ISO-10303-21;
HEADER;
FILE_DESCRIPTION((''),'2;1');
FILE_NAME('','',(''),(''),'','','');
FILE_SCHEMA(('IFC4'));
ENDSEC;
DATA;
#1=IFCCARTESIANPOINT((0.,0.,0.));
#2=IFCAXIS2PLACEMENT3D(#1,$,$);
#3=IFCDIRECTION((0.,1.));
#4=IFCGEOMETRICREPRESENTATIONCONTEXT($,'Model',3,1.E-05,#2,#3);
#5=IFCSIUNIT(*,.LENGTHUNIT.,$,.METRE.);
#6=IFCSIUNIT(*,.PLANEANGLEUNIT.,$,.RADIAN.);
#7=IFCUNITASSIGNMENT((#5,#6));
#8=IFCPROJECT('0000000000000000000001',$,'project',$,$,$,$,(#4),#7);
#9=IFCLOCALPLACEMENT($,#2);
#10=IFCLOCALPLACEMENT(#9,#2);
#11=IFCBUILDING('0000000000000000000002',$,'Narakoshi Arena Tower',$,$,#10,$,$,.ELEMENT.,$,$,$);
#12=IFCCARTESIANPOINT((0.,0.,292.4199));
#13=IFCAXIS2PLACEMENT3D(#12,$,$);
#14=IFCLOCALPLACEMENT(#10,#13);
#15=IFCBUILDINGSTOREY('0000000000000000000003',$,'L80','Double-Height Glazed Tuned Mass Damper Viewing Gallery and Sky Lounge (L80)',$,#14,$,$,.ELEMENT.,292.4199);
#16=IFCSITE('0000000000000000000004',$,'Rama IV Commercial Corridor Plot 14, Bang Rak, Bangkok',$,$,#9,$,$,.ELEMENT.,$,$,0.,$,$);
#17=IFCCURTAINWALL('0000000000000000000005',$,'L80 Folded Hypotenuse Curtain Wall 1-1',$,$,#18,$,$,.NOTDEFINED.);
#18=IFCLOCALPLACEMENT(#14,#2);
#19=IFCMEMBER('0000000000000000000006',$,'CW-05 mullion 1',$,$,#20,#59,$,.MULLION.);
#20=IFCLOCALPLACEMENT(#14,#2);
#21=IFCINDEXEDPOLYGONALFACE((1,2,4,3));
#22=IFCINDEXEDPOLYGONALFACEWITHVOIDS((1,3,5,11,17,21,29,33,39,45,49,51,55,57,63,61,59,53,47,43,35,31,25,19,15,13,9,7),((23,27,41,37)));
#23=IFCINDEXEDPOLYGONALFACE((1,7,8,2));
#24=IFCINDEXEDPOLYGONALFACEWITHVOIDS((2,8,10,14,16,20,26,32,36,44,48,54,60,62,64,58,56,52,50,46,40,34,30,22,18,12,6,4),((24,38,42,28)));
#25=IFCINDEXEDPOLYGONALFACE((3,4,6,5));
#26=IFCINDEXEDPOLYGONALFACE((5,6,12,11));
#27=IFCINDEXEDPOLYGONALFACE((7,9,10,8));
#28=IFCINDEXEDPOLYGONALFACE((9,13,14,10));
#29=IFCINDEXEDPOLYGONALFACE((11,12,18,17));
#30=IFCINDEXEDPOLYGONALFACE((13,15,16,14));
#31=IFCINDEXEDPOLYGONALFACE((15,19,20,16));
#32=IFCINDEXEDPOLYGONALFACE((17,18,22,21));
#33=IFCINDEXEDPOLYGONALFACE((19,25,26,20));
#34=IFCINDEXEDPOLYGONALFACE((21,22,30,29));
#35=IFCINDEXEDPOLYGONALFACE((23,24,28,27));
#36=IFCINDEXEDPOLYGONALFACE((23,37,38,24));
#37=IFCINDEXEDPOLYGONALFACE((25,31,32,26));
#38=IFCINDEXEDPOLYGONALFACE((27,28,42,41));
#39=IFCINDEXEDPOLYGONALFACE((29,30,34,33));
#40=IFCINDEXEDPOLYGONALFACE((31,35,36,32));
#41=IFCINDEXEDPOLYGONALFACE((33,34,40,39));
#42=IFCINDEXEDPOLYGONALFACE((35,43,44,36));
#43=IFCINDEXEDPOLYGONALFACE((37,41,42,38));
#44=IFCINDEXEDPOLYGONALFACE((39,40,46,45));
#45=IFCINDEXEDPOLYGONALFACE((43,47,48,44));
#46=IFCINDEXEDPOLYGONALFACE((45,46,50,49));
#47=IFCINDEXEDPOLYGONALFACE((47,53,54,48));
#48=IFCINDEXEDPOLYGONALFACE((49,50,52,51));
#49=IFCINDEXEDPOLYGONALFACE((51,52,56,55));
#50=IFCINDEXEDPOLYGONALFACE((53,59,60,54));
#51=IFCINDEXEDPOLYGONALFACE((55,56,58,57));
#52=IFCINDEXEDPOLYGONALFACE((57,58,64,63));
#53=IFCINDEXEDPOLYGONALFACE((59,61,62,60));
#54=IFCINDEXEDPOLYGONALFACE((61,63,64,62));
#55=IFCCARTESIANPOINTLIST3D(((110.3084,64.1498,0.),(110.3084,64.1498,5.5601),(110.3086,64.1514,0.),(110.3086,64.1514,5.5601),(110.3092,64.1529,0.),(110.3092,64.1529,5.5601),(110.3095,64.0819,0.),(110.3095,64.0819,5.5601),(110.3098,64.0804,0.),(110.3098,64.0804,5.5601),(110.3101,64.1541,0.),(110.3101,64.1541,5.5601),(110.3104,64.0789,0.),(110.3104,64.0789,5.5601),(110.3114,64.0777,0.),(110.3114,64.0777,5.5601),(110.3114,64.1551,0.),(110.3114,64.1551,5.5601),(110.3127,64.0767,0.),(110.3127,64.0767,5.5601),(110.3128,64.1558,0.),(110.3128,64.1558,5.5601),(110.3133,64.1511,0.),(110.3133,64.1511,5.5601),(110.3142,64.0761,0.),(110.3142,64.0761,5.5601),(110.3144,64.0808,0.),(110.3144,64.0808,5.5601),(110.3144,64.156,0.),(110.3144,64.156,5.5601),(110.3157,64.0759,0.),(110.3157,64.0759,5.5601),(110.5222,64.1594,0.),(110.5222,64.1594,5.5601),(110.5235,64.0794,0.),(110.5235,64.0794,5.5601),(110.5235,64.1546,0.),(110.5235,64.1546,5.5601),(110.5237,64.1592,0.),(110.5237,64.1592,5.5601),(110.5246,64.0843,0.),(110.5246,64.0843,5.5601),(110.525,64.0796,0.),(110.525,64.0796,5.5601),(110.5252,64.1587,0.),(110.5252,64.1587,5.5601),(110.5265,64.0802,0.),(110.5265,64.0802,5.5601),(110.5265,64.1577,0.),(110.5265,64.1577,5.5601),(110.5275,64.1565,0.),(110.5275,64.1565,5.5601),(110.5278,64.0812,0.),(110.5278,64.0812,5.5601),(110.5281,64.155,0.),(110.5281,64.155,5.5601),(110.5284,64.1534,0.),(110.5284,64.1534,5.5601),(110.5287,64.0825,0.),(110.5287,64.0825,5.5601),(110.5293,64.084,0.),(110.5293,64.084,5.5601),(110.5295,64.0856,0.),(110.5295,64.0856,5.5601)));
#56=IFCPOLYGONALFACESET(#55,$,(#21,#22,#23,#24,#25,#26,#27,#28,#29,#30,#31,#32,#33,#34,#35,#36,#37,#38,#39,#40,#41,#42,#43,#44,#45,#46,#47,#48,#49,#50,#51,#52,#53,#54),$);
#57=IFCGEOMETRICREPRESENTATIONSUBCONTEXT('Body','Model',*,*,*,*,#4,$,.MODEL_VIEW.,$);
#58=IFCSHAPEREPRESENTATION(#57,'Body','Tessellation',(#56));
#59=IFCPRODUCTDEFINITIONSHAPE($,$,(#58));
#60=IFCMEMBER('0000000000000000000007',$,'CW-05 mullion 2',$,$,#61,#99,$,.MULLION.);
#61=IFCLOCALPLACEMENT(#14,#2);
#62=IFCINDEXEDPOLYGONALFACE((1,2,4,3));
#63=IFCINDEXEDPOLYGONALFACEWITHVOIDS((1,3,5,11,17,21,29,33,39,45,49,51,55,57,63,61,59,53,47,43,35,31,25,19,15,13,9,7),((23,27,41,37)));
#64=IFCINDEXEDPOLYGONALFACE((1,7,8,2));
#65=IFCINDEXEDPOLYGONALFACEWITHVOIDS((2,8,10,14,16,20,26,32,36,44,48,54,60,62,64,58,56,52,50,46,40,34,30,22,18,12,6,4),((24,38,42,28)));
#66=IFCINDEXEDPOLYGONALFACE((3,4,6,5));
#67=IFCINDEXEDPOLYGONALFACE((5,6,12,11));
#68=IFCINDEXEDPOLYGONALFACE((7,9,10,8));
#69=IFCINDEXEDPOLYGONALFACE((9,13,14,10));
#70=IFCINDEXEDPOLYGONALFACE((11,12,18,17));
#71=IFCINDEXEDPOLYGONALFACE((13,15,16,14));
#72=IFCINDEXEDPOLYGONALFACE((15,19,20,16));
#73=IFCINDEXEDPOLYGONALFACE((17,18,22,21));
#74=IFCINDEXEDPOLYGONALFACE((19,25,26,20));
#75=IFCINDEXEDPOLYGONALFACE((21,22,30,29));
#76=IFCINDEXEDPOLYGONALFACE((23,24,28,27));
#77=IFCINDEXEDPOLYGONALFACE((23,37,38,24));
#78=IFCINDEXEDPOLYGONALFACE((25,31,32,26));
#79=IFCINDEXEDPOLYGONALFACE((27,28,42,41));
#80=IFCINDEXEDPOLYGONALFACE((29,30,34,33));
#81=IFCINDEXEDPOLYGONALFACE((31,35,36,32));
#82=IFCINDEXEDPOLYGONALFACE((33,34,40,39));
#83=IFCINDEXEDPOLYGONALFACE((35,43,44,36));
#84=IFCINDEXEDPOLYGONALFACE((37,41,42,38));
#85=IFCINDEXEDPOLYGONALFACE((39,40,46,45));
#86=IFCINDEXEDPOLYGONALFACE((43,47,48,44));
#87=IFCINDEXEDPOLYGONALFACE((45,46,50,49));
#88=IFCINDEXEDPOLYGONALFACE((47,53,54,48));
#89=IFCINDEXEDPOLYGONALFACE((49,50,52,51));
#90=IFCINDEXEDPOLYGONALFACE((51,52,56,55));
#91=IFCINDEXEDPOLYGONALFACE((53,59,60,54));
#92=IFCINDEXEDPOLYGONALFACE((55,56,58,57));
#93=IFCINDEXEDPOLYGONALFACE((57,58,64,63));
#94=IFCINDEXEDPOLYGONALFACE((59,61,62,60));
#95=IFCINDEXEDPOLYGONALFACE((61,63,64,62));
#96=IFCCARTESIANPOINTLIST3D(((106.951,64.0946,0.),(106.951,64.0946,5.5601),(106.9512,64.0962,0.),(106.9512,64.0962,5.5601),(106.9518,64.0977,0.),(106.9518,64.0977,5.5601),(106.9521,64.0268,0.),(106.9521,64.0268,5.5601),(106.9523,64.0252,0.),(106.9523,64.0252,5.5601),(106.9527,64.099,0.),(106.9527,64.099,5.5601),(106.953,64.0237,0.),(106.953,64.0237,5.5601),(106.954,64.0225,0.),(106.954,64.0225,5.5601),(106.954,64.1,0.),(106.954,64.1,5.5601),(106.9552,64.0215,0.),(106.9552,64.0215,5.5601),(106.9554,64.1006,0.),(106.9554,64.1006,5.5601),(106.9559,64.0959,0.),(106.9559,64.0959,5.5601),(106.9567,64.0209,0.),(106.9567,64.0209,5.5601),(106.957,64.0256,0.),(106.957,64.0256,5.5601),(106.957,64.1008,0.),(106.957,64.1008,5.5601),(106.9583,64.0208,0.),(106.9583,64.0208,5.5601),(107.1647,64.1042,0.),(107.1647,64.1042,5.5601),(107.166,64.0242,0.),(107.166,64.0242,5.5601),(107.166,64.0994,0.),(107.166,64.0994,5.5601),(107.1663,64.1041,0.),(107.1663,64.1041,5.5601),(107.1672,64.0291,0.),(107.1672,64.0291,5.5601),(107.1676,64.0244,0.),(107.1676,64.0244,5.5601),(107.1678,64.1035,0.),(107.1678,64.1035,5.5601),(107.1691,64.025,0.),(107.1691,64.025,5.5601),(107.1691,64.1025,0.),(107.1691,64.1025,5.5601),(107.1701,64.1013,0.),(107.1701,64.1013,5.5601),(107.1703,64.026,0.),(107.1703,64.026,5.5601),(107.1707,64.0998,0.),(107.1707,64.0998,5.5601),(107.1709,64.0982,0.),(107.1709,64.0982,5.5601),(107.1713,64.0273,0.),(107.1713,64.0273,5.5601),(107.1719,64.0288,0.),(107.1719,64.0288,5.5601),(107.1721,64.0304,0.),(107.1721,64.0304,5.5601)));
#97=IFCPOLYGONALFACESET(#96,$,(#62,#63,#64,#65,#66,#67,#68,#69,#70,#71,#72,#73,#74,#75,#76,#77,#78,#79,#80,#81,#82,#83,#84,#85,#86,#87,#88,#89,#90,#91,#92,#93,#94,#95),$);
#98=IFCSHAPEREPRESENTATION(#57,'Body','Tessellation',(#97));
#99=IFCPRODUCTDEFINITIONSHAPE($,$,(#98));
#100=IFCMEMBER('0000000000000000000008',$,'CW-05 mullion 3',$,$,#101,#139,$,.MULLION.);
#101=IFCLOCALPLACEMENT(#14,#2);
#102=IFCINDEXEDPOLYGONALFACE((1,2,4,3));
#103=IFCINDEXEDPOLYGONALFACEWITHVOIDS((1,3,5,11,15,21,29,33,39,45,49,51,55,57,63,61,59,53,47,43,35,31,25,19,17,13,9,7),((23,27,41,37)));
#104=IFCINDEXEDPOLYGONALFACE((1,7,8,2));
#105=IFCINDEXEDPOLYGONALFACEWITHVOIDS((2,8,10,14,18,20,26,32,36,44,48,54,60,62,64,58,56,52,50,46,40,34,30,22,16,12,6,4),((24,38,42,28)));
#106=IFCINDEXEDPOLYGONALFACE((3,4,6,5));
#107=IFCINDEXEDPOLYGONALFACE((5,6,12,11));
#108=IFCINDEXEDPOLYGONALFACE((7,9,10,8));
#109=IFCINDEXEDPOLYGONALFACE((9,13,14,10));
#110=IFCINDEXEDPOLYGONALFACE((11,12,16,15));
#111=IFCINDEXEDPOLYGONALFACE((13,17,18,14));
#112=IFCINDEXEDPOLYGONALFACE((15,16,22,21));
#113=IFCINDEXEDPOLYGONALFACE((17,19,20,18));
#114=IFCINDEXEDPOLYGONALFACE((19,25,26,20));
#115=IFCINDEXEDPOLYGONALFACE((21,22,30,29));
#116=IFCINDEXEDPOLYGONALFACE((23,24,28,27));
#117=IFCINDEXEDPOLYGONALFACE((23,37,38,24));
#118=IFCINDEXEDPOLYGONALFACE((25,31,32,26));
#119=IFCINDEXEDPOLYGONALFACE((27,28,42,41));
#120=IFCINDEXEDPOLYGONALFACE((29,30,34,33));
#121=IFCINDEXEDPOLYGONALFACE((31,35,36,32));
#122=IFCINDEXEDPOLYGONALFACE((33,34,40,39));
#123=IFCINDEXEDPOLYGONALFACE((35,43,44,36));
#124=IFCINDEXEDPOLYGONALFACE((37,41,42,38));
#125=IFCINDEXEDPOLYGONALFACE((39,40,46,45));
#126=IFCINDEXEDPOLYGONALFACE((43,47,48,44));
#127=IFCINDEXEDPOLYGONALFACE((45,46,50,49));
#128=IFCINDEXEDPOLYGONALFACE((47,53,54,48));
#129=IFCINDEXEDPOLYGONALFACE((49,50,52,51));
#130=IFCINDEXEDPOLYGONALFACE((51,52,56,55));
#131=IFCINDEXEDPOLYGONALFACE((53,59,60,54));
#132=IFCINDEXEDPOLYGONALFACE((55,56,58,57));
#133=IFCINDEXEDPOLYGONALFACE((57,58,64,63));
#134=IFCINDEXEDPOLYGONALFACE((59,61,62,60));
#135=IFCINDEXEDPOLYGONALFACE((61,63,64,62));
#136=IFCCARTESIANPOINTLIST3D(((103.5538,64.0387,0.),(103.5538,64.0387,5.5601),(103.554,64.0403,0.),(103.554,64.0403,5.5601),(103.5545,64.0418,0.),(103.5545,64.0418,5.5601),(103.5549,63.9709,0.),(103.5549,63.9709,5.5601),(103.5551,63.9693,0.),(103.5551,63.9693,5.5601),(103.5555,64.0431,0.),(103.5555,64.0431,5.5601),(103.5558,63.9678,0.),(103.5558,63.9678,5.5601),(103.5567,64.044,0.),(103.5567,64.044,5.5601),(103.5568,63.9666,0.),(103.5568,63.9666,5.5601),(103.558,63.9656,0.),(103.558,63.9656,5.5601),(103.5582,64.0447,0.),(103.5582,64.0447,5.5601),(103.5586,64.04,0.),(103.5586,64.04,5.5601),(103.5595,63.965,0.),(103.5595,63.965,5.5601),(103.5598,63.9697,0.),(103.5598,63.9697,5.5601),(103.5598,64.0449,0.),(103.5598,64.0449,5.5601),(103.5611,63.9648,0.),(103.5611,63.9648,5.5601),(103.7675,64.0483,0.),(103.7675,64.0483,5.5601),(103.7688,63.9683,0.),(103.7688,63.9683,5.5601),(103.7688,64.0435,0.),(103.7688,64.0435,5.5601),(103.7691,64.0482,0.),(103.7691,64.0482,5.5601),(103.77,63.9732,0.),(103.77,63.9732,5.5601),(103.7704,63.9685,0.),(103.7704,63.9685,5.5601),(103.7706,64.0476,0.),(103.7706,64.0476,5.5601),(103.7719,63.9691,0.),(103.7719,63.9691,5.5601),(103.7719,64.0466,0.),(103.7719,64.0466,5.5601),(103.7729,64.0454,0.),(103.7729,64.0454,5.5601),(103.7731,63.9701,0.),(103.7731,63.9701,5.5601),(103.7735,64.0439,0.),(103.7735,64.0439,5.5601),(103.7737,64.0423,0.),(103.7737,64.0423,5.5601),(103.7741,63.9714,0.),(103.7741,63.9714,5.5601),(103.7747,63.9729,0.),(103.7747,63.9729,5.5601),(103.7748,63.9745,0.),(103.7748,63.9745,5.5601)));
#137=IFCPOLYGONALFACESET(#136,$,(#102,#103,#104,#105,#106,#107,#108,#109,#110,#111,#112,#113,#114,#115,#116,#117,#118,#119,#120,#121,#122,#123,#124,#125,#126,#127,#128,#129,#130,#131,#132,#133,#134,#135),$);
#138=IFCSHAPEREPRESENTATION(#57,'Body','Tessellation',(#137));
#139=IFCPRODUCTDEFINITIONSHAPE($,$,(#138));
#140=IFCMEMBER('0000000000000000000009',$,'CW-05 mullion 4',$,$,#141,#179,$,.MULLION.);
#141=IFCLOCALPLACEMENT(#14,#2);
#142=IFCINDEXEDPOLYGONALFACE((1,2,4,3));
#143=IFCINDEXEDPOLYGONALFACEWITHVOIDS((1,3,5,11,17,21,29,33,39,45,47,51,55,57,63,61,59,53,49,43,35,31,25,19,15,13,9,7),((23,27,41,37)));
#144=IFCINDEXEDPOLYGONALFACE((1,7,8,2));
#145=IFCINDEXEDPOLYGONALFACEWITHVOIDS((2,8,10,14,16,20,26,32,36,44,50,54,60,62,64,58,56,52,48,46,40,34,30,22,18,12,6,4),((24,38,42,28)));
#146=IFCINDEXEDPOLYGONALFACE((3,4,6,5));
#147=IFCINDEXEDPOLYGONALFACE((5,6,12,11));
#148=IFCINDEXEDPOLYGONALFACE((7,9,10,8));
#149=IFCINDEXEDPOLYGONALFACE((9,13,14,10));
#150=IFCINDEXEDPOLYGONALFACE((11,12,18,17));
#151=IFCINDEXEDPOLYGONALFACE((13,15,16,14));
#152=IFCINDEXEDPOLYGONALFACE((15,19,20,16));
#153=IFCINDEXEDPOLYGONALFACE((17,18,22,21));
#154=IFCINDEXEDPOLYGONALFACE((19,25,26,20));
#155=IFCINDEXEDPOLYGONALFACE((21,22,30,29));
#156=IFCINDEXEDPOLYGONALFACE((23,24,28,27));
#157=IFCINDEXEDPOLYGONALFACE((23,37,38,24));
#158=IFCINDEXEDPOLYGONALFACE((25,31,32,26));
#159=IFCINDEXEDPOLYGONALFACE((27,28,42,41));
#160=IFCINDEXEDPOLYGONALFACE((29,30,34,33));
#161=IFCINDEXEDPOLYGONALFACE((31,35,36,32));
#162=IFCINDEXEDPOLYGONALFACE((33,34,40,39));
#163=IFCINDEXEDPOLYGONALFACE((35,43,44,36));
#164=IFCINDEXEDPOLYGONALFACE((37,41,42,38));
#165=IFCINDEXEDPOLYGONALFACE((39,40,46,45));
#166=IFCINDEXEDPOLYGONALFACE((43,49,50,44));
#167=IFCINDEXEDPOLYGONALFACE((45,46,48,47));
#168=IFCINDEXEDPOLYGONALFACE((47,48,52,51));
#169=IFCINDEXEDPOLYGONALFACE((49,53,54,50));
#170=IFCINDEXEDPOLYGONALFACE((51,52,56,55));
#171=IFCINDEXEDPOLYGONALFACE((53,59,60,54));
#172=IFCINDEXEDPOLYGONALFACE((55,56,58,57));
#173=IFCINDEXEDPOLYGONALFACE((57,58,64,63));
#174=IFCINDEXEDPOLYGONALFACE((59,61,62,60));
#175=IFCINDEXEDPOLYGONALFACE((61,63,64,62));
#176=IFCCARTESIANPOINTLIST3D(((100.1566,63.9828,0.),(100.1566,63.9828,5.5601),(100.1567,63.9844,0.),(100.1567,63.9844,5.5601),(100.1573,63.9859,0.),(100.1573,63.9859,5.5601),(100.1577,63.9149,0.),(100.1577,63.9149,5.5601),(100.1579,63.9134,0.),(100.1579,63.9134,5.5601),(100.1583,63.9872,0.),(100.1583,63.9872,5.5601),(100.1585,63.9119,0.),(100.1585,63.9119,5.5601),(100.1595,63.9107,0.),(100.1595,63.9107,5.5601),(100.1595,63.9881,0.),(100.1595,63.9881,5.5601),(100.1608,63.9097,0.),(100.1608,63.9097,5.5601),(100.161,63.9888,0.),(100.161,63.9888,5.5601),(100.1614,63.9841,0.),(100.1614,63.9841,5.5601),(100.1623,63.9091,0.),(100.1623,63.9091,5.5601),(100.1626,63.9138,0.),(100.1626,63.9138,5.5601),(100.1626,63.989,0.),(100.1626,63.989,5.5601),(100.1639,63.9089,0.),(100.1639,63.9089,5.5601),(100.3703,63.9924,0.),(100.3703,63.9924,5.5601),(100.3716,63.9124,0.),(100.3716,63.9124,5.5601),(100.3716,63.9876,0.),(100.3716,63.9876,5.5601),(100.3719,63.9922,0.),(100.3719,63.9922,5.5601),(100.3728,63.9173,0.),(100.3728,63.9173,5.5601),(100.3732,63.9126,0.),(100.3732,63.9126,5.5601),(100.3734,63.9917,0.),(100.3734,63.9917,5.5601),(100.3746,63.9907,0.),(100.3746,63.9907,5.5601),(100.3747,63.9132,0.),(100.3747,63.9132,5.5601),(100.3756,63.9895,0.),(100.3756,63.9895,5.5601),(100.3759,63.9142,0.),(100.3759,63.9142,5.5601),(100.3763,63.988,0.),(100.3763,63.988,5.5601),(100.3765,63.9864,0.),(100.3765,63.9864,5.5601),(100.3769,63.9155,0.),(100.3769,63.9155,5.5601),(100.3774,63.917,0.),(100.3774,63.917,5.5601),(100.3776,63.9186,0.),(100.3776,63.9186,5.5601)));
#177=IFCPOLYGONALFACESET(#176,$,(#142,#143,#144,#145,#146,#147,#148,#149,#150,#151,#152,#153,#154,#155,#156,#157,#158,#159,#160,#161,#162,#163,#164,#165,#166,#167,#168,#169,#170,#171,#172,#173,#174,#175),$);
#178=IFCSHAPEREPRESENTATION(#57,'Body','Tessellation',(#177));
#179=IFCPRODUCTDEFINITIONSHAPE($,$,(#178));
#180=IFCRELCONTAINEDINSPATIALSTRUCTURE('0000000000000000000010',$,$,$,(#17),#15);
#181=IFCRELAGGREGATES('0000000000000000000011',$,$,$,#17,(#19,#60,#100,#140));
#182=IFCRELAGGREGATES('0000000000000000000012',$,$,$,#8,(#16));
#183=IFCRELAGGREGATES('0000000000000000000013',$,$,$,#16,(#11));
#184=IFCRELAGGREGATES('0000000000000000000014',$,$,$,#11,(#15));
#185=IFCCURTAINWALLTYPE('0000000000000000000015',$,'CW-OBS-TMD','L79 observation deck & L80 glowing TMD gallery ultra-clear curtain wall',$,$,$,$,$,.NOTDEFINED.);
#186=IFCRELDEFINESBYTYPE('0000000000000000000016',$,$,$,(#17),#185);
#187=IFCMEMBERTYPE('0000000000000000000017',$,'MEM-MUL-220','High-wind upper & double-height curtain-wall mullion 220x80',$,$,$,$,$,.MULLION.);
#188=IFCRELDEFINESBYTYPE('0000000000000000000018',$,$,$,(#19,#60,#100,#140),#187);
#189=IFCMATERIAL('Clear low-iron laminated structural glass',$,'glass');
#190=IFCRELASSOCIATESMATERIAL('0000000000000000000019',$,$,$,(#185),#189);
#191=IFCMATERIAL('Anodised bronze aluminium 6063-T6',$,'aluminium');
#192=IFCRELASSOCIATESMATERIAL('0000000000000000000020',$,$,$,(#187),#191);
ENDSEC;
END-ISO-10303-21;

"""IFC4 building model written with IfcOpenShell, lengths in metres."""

from ifc_helpers import new_model, si_unit, direction, frame, origin, origin_2d, place, context, subcontext, project, spatial, hollow_rectangle, extrude, material, material_profile, profile_set, type_object, element, aggregate, save


model = new_model("IFC4")

# Units and contexts
model_context = context("Model", 3, precision=1e-05, world=origin(), true_north=direction((0.0, 1.0)))
body_context = subcontext(model_context, "Body", "Model", "MODEL_VIEW")
ifc_project = project(units=[si_unit("LENGTHUNIT", "METRE"), si_unit("PLANEANGLEUNIT", "RADIAN")], contexts=[model_context])

# Site, building, storey
site_placement = place(None, origin())
site = spatial("IfcSite", under=ifc_project, at=site_placement, Name="Rama IV Commercial Corridor Plot 14, Bang Rak, Bangkok", CompositionType="ELEMENT", RefElevation=0.0)
building_placement = place(site_placement, origin())
building = spatial("IfcBuilding", under=site, at=building_placement, Name="Narakoshi Arena Tower", CompositionType="ELEMENT")
storey_placement = place(building_placement, frame((0.0, 0.0, 292.4199)))
storey = spatial("IfcBuildingStorey", under=building, at=storey_placement, Name="L80", Description="Double-Height Glazed Tuned Mass Damper Viewing Gallery and Sky Lounge (L80)", CompositionType="ELEMENT", Elevation=292.4199)

# Curtain wall, members
ifc_material_1 = material(Name="Clear low-iron laminated structural glass", Category="glass")
curtain_wall_type = type_object("IfcCurtainWallType", Name="CW-OBS-TMD", Description="L79 observation deck & L80 glowing TMD gallery ultra-clear curtain wall", PredefinedType="NOTDEFINED", material=ifc_material_1)
curtain_wall_placement = place(storey_placement, origin())
curtain_wall = element("IfcCurtainWall", 1, at=curtain_wall_placement, inside=storey, type_object=curtain_wall_type, Name="L80 Folded Hypotenuse Curtain Wall 1-1", PredefinedType="NOTDEFINED")
ifc_material_2 = material(Name="Anodised bronze aluminium 6063-T6", Category="aluminium")
ifc_material_profile_1 = material_profile(ifc_material_2, hollow_rectangle(XDim=0.0801, YDim=0.22, WallThickness=0.0049, OuterFilletRadius=0.0061, at=origin_2d()), Name="MUL220x80x5")
ifc_profile_set_1 = profile_set([ifc_material_profile_1], Name="Anodised bronze aluminium 6063-T6")
member_type_1 = type_object("IfcMemberType", Name="MEM-MUL-220", Description="High-wind upper & double-height curtain-wall mullion 220x80", PredefinedType="MULLION", material=ifc_profile_set_1)
member_1_placement = place(storey_placement, frame((110.4189, 64.1177, 0.0), z_axis=(0.0, 0.0, 1.0), x_axis=(0.016445, -0.999865, 0.0)))
member_1 = element("IfcMember", 2, at=member_1_placement, type_object=member_type_1, Name="CW-05 mullion 1", PredefinedType="MULLION", context=body_context, shape_type="SweptSolid", body=[
    extrude(hollow_rectangle(XDim=0.0801, YDim=0.22, WallThickness=0.0049, OuterFilletRadius=0.0061, at=origin_2d()), origin(), (0.0, 0.0, 1.0), 5.5601),
])
member_2_placement = place(storey_placement, frame((107.0615, 64.0625, 0.0), z_axis=(0.0, 0.0, 1.0), x_axis=(0.016445, -0.999865, 0.0)))
member_2 = element("IfcMember", 3, at=member_2_placement, type_object=member_type_1, Name="CW-05 mullion 2", PredefinedType="MULLION", context=body_context, shape_type="SweptSolid", body=[
    extrude(hollow_rectangle(XDim=0.0801, YDim=0.22, WallThickness=0.0049, OuterFilletRadius=0.0061, at=origin_2d()), origin(), (0.0, 0.0, 1.0), 5.5601),
])
member_3_placement = place(storey_placement, frame((103.6643, 64.0066, 0.0), z_axis=(0.0, 0.0, 1.0), x_axis=(0.016445, -0.999865, 0.0)))
member_3 = element("IfcMember", 4, at=member_3_placement, type_object=member_type_1, Name="CW-05 mullion 3", PredefinedType="MULLION", context=body_context, shape_type="SweptSolid", body=[
    extrude(hollow_rectangle(XDim=0.0801, YDim=0.22, WallThickness=0.0049, OuterFilletRadius=0.0061, at=origin_2d()), origin(), (0.0, 0.0, 1.0), 5.5601),
])
member_4_placement = place(storey_placement, frame((100.2671, 63.9507, 0.0), z_axis=(0.0, 0.0, 1.0), x_axis=(0.016445, -0.999865, 0.0)))
member_4 = element("IfcMember", 5, at=member_4_placement, type_object=member_type_1, Name="CW-05 mullion 4", PredefinedType="MULLION", context=body_context, shape_type="SweptSolid", body=[
    extrude(hollow_rectangle(XDim=0.0801, YDim=0.22, WallThickness=0.0049, OuterFilletRadius=0.0061, at=origin_2d()), origin(), (0.0, 0.0, 1.0), 5.5601),
])

aggregate(curtain_wall, [member_1, member_2, member_3, member_4])

save(model, "model.ifc")
